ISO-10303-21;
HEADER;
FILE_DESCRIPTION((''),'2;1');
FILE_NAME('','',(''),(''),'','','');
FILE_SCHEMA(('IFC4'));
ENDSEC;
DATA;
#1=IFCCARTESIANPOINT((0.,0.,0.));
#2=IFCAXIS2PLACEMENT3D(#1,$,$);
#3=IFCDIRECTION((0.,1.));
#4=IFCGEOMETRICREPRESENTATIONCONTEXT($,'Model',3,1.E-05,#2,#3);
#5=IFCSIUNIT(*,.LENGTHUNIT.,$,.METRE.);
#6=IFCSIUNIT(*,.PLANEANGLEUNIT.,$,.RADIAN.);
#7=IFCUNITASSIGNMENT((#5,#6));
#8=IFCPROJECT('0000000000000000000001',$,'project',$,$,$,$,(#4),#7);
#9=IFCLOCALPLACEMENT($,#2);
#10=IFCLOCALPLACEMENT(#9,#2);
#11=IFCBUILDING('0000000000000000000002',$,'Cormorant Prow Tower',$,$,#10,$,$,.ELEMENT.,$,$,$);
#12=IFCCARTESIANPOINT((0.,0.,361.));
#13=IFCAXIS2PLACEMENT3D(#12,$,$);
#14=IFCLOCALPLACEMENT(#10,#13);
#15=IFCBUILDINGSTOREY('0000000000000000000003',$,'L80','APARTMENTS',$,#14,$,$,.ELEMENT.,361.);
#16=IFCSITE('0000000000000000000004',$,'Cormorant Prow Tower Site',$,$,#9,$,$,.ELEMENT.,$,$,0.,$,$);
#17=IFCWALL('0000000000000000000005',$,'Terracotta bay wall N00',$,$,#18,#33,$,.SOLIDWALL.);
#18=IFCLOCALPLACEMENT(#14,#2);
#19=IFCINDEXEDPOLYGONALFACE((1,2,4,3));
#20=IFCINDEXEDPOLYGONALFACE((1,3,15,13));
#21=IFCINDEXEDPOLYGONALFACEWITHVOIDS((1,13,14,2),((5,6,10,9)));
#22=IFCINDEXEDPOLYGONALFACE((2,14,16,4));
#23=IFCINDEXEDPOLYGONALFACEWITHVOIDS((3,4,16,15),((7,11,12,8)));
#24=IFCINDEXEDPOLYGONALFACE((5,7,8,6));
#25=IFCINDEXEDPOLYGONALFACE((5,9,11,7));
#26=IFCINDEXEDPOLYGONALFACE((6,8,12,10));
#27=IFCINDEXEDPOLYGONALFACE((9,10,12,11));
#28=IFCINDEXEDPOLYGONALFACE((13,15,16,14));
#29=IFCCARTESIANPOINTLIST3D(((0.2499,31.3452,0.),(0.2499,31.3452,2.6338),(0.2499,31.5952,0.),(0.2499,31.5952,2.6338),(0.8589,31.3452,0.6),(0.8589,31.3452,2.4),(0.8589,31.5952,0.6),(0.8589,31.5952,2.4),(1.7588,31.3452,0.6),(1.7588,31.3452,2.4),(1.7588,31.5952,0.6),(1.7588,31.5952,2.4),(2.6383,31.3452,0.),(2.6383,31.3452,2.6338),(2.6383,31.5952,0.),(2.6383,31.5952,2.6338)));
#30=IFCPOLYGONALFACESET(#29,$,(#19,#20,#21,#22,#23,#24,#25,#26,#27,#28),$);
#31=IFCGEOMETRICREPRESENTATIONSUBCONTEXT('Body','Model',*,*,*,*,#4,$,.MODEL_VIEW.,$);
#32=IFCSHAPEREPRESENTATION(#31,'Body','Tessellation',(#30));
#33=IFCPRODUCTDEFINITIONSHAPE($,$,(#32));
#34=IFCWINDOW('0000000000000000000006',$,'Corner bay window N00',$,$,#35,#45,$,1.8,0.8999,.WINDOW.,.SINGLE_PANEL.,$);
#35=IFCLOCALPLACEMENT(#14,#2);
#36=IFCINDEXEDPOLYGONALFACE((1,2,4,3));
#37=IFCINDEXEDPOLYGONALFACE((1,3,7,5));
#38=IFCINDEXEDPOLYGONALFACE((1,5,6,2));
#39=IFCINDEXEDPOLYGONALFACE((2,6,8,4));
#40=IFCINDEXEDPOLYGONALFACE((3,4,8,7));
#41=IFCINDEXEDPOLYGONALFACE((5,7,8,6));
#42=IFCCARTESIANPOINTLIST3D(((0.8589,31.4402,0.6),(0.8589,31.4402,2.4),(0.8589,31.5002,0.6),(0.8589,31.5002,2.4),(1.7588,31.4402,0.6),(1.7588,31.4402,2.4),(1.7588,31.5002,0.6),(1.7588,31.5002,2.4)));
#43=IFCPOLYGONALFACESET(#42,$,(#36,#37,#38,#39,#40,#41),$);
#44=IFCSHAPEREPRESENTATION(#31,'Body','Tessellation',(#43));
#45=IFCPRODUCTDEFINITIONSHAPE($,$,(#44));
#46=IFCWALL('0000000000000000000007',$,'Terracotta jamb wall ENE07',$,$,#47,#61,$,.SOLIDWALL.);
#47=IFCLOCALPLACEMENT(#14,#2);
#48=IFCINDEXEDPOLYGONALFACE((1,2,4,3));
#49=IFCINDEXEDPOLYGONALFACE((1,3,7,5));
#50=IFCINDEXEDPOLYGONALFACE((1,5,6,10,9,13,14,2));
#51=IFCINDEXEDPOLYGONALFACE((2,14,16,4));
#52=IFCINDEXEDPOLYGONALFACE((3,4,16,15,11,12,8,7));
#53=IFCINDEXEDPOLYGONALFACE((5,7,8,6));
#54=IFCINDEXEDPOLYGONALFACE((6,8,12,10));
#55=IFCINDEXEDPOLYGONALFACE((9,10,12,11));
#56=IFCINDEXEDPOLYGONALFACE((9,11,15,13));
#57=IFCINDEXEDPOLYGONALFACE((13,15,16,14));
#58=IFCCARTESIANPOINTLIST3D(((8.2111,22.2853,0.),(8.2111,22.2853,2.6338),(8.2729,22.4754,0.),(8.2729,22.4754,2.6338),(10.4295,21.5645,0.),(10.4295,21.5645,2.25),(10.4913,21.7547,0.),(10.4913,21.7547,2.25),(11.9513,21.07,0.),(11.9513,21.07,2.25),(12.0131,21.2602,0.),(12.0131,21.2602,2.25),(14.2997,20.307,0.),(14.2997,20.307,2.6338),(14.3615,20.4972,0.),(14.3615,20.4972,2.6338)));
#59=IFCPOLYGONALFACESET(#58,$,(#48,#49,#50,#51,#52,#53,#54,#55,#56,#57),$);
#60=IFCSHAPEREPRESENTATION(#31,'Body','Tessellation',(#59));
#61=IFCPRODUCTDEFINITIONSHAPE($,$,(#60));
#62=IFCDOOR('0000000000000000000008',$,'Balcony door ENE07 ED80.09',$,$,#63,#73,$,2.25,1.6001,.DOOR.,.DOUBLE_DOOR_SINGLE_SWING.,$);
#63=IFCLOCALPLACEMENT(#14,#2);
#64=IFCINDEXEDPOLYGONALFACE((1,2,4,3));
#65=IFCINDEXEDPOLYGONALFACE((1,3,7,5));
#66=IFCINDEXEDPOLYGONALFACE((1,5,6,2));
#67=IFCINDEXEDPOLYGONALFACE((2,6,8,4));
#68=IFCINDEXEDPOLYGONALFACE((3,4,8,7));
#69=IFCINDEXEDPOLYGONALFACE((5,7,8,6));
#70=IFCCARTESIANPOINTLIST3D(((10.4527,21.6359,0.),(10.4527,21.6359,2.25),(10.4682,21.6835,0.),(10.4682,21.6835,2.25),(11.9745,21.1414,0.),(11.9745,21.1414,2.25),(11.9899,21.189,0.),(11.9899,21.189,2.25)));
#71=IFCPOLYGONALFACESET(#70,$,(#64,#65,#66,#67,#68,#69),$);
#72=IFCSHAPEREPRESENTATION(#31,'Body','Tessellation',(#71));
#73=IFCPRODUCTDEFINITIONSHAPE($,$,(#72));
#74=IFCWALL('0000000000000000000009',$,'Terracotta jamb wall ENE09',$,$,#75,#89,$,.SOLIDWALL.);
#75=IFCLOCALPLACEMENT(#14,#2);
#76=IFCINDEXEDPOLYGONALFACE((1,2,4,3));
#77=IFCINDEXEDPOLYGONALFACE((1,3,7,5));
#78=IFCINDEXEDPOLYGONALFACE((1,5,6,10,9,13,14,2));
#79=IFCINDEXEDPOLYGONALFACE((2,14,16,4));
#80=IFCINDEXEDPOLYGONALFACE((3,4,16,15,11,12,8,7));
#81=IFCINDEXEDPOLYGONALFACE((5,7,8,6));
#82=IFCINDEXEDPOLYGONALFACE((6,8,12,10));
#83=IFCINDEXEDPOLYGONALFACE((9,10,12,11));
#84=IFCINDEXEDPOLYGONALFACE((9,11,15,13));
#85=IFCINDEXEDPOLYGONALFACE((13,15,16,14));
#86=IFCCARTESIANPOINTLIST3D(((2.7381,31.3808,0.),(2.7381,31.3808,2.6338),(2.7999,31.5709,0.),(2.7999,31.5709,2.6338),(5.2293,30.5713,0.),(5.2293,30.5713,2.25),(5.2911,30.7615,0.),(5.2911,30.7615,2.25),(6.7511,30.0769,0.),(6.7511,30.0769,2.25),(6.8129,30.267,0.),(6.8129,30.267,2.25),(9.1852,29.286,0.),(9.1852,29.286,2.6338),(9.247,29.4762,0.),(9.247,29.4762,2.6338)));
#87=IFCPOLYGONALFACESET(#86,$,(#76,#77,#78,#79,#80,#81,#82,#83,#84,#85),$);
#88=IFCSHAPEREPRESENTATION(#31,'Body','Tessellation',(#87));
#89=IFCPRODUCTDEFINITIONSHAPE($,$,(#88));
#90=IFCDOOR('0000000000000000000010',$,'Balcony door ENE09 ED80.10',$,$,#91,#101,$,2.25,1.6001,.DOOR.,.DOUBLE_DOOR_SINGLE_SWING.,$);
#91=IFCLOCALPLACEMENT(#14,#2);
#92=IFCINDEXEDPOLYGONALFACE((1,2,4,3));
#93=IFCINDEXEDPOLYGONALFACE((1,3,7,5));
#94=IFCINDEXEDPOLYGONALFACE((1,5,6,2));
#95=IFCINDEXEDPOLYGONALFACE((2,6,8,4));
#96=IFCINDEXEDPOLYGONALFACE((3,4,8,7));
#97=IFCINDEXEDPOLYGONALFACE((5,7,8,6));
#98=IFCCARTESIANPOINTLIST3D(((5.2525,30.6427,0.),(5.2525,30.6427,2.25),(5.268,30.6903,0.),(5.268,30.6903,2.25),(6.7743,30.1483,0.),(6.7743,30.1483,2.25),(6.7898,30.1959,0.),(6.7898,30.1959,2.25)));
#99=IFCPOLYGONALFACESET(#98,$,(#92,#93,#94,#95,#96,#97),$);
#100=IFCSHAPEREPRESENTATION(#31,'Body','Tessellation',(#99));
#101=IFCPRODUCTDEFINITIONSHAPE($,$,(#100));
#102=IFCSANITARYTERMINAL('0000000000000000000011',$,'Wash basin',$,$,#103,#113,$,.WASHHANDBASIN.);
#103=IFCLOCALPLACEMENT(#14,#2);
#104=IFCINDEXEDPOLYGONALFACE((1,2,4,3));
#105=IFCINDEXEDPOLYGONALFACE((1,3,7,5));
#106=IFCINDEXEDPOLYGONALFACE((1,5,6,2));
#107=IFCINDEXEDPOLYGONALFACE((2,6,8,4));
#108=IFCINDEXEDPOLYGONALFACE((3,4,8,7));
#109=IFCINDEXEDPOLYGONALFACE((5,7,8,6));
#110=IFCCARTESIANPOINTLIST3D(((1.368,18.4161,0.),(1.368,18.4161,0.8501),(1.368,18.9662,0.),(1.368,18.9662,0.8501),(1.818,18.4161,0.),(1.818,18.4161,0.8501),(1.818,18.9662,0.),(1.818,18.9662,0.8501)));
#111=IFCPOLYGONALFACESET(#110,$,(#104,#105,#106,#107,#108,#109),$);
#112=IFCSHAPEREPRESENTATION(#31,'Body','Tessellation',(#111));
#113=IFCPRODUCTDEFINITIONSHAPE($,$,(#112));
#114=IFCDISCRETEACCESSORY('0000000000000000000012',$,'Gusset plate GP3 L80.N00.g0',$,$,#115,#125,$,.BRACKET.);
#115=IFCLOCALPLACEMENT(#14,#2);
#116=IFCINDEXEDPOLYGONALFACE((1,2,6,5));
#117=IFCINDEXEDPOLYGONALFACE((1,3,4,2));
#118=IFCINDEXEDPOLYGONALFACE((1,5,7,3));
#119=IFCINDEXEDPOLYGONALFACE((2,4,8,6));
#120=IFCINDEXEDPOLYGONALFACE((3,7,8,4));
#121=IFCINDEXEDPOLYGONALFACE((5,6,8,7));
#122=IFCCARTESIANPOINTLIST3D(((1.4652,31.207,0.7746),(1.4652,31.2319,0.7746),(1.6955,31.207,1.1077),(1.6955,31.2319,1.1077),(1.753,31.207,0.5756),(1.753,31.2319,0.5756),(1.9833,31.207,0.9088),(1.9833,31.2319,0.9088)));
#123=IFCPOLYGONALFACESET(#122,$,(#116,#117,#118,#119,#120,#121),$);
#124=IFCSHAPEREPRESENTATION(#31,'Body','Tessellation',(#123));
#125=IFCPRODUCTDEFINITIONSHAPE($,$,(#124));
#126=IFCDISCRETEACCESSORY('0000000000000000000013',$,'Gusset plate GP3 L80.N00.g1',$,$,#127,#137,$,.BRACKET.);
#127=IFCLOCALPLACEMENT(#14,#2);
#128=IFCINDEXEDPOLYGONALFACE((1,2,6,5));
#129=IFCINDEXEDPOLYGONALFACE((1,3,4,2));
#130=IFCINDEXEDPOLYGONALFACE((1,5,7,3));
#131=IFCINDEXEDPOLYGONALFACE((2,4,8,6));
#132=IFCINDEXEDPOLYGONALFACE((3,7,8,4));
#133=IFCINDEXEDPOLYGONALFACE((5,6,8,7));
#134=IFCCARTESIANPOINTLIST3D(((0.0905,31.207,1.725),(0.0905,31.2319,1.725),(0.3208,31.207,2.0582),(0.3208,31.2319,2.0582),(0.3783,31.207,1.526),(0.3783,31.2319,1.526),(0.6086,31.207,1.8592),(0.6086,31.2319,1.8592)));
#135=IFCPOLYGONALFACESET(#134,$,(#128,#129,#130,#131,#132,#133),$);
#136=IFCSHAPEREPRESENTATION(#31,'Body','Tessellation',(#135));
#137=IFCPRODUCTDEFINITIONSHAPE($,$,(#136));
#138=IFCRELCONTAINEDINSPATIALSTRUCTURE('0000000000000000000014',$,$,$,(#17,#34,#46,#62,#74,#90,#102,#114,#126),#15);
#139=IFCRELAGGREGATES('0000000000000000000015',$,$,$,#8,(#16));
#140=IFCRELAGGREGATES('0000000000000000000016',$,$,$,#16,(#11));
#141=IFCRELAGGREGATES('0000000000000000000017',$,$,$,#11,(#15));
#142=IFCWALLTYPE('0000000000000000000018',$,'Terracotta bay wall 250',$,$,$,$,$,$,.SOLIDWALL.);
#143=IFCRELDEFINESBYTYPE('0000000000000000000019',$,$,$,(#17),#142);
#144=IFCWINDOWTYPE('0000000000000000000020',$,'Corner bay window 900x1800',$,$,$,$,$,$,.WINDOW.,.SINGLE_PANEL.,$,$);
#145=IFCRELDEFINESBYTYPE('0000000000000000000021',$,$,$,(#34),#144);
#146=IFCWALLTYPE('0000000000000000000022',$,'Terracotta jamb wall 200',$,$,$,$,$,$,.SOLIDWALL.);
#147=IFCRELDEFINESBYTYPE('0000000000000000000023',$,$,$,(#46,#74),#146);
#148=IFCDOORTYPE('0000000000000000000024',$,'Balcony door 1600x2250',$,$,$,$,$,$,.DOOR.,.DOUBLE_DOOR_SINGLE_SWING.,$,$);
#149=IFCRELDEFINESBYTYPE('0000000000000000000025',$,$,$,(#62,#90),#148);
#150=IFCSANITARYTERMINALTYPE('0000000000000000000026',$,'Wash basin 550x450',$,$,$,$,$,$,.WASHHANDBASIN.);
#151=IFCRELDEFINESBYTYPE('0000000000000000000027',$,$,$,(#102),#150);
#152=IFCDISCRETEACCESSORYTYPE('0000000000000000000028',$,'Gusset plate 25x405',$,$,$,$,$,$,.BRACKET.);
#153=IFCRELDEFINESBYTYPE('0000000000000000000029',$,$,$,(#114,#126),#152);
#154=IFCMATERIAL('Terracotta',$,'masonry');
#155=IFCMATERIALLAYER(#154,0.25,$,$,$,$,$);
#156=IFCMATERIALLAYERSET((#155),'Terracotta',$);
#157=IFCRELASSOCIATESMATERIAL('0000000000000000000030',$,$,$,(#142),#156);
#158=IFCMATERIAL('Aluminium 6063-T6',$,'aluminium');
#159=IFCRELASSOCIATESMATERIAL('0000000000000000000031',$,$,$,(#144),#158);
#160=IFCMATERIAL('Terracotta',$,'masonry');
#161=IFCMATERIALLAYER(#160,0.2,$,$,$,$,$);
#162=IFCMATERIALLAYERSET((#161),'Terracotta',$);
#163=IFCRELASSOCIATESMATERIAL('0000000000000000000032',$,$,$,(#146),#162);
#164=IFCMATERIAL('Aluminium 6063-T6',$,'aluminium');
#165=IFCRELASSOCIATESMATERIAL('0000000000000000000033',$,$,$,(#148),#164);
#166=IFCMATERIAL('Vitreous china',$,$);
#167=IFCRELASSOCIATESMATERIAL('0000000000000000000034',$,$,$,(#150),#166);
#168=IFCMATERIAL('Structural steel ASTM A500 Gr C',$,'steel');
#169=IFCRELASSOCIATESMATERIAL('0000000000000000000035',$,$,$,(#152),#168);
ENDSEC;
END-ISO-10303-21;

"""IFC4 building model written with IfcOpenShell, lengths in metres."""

from ifc_helpers import new_model, si_unit, direction, frame, frame_2d, origin, origin_2d, place, context, subcontext, project, spatial, rectangle, extrude, material, layer, layer_set, material_profile, profile_set, type_object, element, fill, save


model = new_model("IFC4")

# Units and contexts
model_context = context("Model", 3, precision=1e-05, world=origin(), true_north=direction((0.0, 1.0)))
body_context = subcontext(model_context, "Body", "Model", "MODEL_VIEW")
ifc_project = project(units=[si_unit("LENGTHUNIT", "METRE"), si_unit("PLANEANGLEUNIT", "RADIAN")], contexts=[model_context])

# Site, building, storey
site_placement = place(None, origin())
site = spatial("IfcSite", under=ifc_project, at=site_placement, Name="Cormorant Prow Tower Site", CompositionType="ELEMENT", RefElevation=0.0)
building_placement = place(site_placement, origin())
building = spatial("IfcBuilding", under=site, at=building_placement, Name="Cormorant Prow Tower", CompositionType="ELEMENT")
storey_placement = place(building_placement, frame((0.0, 0.0, 361.0)))
storey = spatial("IfcBuildingStorey", under=building, at=storey_placement, Name="L80", Description="APARTMENTS", CompositionType="ELEMENT", Elevation=361.0)

# Wall, opening, window
ifc_material_1 = material(Name="Terracotta", Category="masonry")
ifc_layer_1 = layer(ifc_material_1, 0.25)
ifc_layer_set_1 = layer_set([ifc_layer_1], Name="Terracotta")
wall_type_1 = type_object("IfcWallType", Name="Terracotta bay wall 250", PredefinedType="SOLIDWALL", material=ifc_layer_set_1)
wall_1_placement = place(storey_placement, frame((2.6384, 31.4702, 0.0), z_axis=(0.0, 0.0, 1.0), x_axis=(-1.0, 0.0, 0.0)))
wall_1 = element("IfcWall", 1, at=wall_1_placement, inside=storey, type_object=wall_type_1, Name="Terracotta bay wall N00", PredefinedType="SOLIDWALL", context=body_context, shape_type="SweptSolid", body=[
    extrude(rectangle(XDim=2.3884, YDim=0.25, at=frame_2d((1.1943, 0.0))), origin(), (0.0, 0.0, 1.0), 2.6338),
])
opening_1_placement = place(wall_1_placement, frame((0.8796, 0.0, 0.6001)))
opening_1 = element("IfcOpeningElement", 2, at=opening_1_placement, cuts=wall_1, PredefinedType="OPENING", context=body_context, shape_type="SweptSolid", body=[
    extrude(rectangle(XDim=0.8999, YDim=1.8, at=frame_2d((0.45, 0.8999))), frame((0.0, 0.135, 0.0), z_axis=(0.0, -1.0, 0.0), x_axis=(1.0, 0.0, 0.0)), (0.0, 0.0, 1.0), 0.27),
])
ifc_material_2 = material(Name="Aluminium 6063-T6", Category="aluminium")
window_type = type_object("IfcWindowType", Name="Corner bay window 900x1800", PartitioningType="SINGLE_PANEL", PredefinedType="WINDOW", material=ifc_material_2)
window_placement = place(opening_1_placement, origin())
window = element("IfcWindow", 3, at=window_placement, inside=storey, type_object=window_type, Name="Corner bay window N00", OverallHeight=1.8, OverallWidth=0.8999, PartitioningType="SINGLE_PANEL", PredefinedType="WINDOW", context=body_context, shape_type="SweptSolid", body=[
    extrude(rectangle(XDim=0.8999, YDim=1.8, at=frame_2d((0.45, 0.8999))), frame((0.0, 0.03, 0.0), z_axis=(0.0, -1.0, 0.0), x_axis=(1.0, 0.0, 0.0)), (0.0, 0.0, 1.0), 0.0601),
])
fill(opening_1, window)

# Walls, openings, doors
ifc_material_3 = material(Name="Terracotta", Category="masonry")
ifc_layer_2 = layer(ifc_material_3, 0.2)
ifc_layer_set_2 = layer_set([ifc_layer_2], Name="Terracotta")
wall_type_2 = type_object("IfcWallType", Name="Terracotta jamb wall 200", PredefinedType="SOLIDWALL", material=ifc_layer_set_2)
wall_2_placement = place(storey_placement, frame((14.3306, 20.4021, 0.0), z_axis=(0.0, 0.0, 1.0), x_axis=(-0.951058, 0.309011, 0.0)))
wall_2 = element("IfcWall", 4, at=wall_2_placement, inside=storey, type_object=wall_type_2, Name="Terracotta jamb wall ENE07", PredefinedType="SOLIDWALL", context=body_context, shape_type="SweptSolid", body=[
    extrude(rectangle(XDim=6.4019, YDim=0.2, at=frame_2d((3.2009, 0.0))), origin(), (0.0, 0.0, 1.0), 2.6338),
])
opening_2_placement = place(wall_2_placement, frame((2.4692, 0.0, 0.0)))
opening_2 = element("IfcOpeningElement", 5, at=opening_2_placement, cuts=wall_2, PredefinedType="OPENING", context=body_context, shape_type="SweptSolid", body=[
    extrude(rectangle(XDim=1.6001, YDim=2.25, at=frame_2d((0.8, 1.125))), frame((0.0, 0.1099, 0.0), z_axis=(0.0, -1.0, 0.0), x_axis=(1.0, 0.0, 0.0)), (0.0, 0.0, 1.0), 0.22),
])
ifc_material_4 = material(Name="Aluminium 6063-T6", Category="aluminium")
door_type_1 = type_object("IfcDoorType", Name="Balcony door 1600x2250", OperationType="DOUBLE_DOOR_SINGLE_SWING", PredefinedType="DOOR", material=ifc_material_4)
door_1_placement = place(opening_2_placement, origin())
door_1 = element("IfcDoor", 6, at=door_1_placement, inside=storey, type_object=door_type_1, Name="Balcony door ENE07 ED80.09", OperationType="DOUBLE_DOOR_SINGLE_SWING", OverallHeight=2.25, OverallWidth=1.6001, PredefinedType="DOOR", context=body_context, shape_type="SweptSolid", body=[
    extrude(rectangle(XDim=1.6001, YDim=2.25, at=frame_2d((0.8, 1.125))), frame((0.0, 0.0249, 0.0), z_axis=(0.0, -1.0, 0.0), x_axis=(1.0, 0.0, 0.0)), (0.0, 0.0, 1.0), 0.05),
])
fill(opening_2, door_1)
wall_3_placement = place(storey_placement, frame((9.2161, 29.3811, 0.0), z_axis=(0.0, 0.0, 1.0), x_axis=(-0.951058, 0.309012, 0.0)))
wall_3 = element("IfcWall", 7, at=wall_3_placement, inside=storey, type_object=wall_type_2, Name="Terracotta jamb wall ENE09", PredefinedType="SOLIDWALL", context=body_context, shape_type="SweptSolid", body=[
    extrude(rectangle(XDim=6.7788, YDim=0.2, at=frame_2d((3.3894, 0.0))), origin(), (0.0, 0.0, 1.0), 2.6338),
])
opening_3_placement = place(wall_3_placement, frame((2.5593, 0.0, 0.0)))
opening_3 = element("IfcOpeningElement", 8, at=opening_3_placement, cuts=wall_3, PredefinedType="OPENING", context=body_context, shape_type="SweptSolid", body=[
    extrude(rectangle(XDim=1.6001, YDim=2.25, at=frame_2d((0.8, 1.125))), frame((0.0, 0.1099, 0.0), z_axis=(0.0, -1.0, 0.0), x_axis=(1.0, 0.0, 0.0)), (0.0, 0.0, 1.0), 0.22),
])
door_2_placement = place(opening_3_placement, origin())
door_2 = element("IfcDoor", 9, at=door_2_placement, inside=storey, type_object=door_type_1, Name="Balcony door ENE09 ED80.10", OperationType="DOUBLE_DOOR_SINGLE_SWING", OverallHeight=2.25, OverallWidth=1.6001, PredefinedType="DOOR", context=body_context, shape_type="SweptSolid", body=[
    extrude(rectangle(XDim=1.6001, YDim=2.25, at=frame_2d((0.8, 1.125))), frame((0.0, 0.0249, 0.0), z_axis=(0.0, -1.0, 0.0), x_axis=(1.0, 0.0, 0.0)), (0.0, 0.0, 1.0), 0.05),
])
fill(opening_3, door_2)

# Sanitary terminal
ifc_material_5 = material(Name="Vitreous china")
sanitary_terminal_type = type_object("IfcSanitaryTerminalType", Name="Wash basin 550x450", PredefinedType="WASHHANDBASIN", material=ifc_material_5)
sanitary_terminal_placement = place(storey_placement, frame((1.593, 18.6912, 0.0), z_axis=(0.0, 0.0, 1.0), x_axis=(0.0, -1.0, 0.0)))
element("IfcSanitaryTerminal", 10, at=sanitary_terminal_placement, inside=storey, type_object=sanitary_terminal_type, Name="Wash basin", PredefinedType="WASHHANDBASIN", context=body_context, shape_type="SweptSolid", body=[
    extrude(rectangle(XDim=0.55, YDim=0.45, at=origin_2d()), origin(), (0.0, 0.0, 1.0), 0.8501),
])

# Discrete accessories
ifc_material_6 = material(Name="Structural steel ASTM A500 Gr C", Category="steel")
ifc_material_profile_1 = material_profile(ifc_material_6, rectangle(XDim=0.0249, YDim=0.405, at=origin_2d()), Name="Gusset plate 25x405")
ifc_profile_set_1 = profile_set([ifc_material_profile_1], Name="Structural steel ASTM A500 Gr C")
discrete_accessory_type = type_object("IfcDiscreteAccessoryType", Name="Gusset plate 25x405", PredefinedType="BRACKET", material=ifc_profile_set_1)
for number, where, z_axis, x_axis, name in (
    (11, (1.5803, 31.2195, 0.9412), (0.822594, 0.0, -0.568629), (0.0, 1.0, 0.0), "Gusset plate GP3 L80.N00.g0"),
    (12, (0.4934, 31.2195, 1.6926), (-0.822594, 0.0, 0.568629), (0.0, -1.0, 0.0), "Gusset plate GP3 L80.N00.g1"),
):
    element("IfcDiscreteAccessory", number, at=place(storey_placement, frame(where, z_axis=z_axis, x_axis=x_axis)), inside=storey, type_object=discrete_accessory_type, Name=name, PredefinedType="BRACKET", context=body_context, shape_type="SweptSolid", body=[
        extrude(rectangle(XDim=0.0249, YDim=0.405, at=origin_2d()), origin(), (0.0, 0.0, 1.0), 0.3499),
    ])

save(model, "model.ifc")
